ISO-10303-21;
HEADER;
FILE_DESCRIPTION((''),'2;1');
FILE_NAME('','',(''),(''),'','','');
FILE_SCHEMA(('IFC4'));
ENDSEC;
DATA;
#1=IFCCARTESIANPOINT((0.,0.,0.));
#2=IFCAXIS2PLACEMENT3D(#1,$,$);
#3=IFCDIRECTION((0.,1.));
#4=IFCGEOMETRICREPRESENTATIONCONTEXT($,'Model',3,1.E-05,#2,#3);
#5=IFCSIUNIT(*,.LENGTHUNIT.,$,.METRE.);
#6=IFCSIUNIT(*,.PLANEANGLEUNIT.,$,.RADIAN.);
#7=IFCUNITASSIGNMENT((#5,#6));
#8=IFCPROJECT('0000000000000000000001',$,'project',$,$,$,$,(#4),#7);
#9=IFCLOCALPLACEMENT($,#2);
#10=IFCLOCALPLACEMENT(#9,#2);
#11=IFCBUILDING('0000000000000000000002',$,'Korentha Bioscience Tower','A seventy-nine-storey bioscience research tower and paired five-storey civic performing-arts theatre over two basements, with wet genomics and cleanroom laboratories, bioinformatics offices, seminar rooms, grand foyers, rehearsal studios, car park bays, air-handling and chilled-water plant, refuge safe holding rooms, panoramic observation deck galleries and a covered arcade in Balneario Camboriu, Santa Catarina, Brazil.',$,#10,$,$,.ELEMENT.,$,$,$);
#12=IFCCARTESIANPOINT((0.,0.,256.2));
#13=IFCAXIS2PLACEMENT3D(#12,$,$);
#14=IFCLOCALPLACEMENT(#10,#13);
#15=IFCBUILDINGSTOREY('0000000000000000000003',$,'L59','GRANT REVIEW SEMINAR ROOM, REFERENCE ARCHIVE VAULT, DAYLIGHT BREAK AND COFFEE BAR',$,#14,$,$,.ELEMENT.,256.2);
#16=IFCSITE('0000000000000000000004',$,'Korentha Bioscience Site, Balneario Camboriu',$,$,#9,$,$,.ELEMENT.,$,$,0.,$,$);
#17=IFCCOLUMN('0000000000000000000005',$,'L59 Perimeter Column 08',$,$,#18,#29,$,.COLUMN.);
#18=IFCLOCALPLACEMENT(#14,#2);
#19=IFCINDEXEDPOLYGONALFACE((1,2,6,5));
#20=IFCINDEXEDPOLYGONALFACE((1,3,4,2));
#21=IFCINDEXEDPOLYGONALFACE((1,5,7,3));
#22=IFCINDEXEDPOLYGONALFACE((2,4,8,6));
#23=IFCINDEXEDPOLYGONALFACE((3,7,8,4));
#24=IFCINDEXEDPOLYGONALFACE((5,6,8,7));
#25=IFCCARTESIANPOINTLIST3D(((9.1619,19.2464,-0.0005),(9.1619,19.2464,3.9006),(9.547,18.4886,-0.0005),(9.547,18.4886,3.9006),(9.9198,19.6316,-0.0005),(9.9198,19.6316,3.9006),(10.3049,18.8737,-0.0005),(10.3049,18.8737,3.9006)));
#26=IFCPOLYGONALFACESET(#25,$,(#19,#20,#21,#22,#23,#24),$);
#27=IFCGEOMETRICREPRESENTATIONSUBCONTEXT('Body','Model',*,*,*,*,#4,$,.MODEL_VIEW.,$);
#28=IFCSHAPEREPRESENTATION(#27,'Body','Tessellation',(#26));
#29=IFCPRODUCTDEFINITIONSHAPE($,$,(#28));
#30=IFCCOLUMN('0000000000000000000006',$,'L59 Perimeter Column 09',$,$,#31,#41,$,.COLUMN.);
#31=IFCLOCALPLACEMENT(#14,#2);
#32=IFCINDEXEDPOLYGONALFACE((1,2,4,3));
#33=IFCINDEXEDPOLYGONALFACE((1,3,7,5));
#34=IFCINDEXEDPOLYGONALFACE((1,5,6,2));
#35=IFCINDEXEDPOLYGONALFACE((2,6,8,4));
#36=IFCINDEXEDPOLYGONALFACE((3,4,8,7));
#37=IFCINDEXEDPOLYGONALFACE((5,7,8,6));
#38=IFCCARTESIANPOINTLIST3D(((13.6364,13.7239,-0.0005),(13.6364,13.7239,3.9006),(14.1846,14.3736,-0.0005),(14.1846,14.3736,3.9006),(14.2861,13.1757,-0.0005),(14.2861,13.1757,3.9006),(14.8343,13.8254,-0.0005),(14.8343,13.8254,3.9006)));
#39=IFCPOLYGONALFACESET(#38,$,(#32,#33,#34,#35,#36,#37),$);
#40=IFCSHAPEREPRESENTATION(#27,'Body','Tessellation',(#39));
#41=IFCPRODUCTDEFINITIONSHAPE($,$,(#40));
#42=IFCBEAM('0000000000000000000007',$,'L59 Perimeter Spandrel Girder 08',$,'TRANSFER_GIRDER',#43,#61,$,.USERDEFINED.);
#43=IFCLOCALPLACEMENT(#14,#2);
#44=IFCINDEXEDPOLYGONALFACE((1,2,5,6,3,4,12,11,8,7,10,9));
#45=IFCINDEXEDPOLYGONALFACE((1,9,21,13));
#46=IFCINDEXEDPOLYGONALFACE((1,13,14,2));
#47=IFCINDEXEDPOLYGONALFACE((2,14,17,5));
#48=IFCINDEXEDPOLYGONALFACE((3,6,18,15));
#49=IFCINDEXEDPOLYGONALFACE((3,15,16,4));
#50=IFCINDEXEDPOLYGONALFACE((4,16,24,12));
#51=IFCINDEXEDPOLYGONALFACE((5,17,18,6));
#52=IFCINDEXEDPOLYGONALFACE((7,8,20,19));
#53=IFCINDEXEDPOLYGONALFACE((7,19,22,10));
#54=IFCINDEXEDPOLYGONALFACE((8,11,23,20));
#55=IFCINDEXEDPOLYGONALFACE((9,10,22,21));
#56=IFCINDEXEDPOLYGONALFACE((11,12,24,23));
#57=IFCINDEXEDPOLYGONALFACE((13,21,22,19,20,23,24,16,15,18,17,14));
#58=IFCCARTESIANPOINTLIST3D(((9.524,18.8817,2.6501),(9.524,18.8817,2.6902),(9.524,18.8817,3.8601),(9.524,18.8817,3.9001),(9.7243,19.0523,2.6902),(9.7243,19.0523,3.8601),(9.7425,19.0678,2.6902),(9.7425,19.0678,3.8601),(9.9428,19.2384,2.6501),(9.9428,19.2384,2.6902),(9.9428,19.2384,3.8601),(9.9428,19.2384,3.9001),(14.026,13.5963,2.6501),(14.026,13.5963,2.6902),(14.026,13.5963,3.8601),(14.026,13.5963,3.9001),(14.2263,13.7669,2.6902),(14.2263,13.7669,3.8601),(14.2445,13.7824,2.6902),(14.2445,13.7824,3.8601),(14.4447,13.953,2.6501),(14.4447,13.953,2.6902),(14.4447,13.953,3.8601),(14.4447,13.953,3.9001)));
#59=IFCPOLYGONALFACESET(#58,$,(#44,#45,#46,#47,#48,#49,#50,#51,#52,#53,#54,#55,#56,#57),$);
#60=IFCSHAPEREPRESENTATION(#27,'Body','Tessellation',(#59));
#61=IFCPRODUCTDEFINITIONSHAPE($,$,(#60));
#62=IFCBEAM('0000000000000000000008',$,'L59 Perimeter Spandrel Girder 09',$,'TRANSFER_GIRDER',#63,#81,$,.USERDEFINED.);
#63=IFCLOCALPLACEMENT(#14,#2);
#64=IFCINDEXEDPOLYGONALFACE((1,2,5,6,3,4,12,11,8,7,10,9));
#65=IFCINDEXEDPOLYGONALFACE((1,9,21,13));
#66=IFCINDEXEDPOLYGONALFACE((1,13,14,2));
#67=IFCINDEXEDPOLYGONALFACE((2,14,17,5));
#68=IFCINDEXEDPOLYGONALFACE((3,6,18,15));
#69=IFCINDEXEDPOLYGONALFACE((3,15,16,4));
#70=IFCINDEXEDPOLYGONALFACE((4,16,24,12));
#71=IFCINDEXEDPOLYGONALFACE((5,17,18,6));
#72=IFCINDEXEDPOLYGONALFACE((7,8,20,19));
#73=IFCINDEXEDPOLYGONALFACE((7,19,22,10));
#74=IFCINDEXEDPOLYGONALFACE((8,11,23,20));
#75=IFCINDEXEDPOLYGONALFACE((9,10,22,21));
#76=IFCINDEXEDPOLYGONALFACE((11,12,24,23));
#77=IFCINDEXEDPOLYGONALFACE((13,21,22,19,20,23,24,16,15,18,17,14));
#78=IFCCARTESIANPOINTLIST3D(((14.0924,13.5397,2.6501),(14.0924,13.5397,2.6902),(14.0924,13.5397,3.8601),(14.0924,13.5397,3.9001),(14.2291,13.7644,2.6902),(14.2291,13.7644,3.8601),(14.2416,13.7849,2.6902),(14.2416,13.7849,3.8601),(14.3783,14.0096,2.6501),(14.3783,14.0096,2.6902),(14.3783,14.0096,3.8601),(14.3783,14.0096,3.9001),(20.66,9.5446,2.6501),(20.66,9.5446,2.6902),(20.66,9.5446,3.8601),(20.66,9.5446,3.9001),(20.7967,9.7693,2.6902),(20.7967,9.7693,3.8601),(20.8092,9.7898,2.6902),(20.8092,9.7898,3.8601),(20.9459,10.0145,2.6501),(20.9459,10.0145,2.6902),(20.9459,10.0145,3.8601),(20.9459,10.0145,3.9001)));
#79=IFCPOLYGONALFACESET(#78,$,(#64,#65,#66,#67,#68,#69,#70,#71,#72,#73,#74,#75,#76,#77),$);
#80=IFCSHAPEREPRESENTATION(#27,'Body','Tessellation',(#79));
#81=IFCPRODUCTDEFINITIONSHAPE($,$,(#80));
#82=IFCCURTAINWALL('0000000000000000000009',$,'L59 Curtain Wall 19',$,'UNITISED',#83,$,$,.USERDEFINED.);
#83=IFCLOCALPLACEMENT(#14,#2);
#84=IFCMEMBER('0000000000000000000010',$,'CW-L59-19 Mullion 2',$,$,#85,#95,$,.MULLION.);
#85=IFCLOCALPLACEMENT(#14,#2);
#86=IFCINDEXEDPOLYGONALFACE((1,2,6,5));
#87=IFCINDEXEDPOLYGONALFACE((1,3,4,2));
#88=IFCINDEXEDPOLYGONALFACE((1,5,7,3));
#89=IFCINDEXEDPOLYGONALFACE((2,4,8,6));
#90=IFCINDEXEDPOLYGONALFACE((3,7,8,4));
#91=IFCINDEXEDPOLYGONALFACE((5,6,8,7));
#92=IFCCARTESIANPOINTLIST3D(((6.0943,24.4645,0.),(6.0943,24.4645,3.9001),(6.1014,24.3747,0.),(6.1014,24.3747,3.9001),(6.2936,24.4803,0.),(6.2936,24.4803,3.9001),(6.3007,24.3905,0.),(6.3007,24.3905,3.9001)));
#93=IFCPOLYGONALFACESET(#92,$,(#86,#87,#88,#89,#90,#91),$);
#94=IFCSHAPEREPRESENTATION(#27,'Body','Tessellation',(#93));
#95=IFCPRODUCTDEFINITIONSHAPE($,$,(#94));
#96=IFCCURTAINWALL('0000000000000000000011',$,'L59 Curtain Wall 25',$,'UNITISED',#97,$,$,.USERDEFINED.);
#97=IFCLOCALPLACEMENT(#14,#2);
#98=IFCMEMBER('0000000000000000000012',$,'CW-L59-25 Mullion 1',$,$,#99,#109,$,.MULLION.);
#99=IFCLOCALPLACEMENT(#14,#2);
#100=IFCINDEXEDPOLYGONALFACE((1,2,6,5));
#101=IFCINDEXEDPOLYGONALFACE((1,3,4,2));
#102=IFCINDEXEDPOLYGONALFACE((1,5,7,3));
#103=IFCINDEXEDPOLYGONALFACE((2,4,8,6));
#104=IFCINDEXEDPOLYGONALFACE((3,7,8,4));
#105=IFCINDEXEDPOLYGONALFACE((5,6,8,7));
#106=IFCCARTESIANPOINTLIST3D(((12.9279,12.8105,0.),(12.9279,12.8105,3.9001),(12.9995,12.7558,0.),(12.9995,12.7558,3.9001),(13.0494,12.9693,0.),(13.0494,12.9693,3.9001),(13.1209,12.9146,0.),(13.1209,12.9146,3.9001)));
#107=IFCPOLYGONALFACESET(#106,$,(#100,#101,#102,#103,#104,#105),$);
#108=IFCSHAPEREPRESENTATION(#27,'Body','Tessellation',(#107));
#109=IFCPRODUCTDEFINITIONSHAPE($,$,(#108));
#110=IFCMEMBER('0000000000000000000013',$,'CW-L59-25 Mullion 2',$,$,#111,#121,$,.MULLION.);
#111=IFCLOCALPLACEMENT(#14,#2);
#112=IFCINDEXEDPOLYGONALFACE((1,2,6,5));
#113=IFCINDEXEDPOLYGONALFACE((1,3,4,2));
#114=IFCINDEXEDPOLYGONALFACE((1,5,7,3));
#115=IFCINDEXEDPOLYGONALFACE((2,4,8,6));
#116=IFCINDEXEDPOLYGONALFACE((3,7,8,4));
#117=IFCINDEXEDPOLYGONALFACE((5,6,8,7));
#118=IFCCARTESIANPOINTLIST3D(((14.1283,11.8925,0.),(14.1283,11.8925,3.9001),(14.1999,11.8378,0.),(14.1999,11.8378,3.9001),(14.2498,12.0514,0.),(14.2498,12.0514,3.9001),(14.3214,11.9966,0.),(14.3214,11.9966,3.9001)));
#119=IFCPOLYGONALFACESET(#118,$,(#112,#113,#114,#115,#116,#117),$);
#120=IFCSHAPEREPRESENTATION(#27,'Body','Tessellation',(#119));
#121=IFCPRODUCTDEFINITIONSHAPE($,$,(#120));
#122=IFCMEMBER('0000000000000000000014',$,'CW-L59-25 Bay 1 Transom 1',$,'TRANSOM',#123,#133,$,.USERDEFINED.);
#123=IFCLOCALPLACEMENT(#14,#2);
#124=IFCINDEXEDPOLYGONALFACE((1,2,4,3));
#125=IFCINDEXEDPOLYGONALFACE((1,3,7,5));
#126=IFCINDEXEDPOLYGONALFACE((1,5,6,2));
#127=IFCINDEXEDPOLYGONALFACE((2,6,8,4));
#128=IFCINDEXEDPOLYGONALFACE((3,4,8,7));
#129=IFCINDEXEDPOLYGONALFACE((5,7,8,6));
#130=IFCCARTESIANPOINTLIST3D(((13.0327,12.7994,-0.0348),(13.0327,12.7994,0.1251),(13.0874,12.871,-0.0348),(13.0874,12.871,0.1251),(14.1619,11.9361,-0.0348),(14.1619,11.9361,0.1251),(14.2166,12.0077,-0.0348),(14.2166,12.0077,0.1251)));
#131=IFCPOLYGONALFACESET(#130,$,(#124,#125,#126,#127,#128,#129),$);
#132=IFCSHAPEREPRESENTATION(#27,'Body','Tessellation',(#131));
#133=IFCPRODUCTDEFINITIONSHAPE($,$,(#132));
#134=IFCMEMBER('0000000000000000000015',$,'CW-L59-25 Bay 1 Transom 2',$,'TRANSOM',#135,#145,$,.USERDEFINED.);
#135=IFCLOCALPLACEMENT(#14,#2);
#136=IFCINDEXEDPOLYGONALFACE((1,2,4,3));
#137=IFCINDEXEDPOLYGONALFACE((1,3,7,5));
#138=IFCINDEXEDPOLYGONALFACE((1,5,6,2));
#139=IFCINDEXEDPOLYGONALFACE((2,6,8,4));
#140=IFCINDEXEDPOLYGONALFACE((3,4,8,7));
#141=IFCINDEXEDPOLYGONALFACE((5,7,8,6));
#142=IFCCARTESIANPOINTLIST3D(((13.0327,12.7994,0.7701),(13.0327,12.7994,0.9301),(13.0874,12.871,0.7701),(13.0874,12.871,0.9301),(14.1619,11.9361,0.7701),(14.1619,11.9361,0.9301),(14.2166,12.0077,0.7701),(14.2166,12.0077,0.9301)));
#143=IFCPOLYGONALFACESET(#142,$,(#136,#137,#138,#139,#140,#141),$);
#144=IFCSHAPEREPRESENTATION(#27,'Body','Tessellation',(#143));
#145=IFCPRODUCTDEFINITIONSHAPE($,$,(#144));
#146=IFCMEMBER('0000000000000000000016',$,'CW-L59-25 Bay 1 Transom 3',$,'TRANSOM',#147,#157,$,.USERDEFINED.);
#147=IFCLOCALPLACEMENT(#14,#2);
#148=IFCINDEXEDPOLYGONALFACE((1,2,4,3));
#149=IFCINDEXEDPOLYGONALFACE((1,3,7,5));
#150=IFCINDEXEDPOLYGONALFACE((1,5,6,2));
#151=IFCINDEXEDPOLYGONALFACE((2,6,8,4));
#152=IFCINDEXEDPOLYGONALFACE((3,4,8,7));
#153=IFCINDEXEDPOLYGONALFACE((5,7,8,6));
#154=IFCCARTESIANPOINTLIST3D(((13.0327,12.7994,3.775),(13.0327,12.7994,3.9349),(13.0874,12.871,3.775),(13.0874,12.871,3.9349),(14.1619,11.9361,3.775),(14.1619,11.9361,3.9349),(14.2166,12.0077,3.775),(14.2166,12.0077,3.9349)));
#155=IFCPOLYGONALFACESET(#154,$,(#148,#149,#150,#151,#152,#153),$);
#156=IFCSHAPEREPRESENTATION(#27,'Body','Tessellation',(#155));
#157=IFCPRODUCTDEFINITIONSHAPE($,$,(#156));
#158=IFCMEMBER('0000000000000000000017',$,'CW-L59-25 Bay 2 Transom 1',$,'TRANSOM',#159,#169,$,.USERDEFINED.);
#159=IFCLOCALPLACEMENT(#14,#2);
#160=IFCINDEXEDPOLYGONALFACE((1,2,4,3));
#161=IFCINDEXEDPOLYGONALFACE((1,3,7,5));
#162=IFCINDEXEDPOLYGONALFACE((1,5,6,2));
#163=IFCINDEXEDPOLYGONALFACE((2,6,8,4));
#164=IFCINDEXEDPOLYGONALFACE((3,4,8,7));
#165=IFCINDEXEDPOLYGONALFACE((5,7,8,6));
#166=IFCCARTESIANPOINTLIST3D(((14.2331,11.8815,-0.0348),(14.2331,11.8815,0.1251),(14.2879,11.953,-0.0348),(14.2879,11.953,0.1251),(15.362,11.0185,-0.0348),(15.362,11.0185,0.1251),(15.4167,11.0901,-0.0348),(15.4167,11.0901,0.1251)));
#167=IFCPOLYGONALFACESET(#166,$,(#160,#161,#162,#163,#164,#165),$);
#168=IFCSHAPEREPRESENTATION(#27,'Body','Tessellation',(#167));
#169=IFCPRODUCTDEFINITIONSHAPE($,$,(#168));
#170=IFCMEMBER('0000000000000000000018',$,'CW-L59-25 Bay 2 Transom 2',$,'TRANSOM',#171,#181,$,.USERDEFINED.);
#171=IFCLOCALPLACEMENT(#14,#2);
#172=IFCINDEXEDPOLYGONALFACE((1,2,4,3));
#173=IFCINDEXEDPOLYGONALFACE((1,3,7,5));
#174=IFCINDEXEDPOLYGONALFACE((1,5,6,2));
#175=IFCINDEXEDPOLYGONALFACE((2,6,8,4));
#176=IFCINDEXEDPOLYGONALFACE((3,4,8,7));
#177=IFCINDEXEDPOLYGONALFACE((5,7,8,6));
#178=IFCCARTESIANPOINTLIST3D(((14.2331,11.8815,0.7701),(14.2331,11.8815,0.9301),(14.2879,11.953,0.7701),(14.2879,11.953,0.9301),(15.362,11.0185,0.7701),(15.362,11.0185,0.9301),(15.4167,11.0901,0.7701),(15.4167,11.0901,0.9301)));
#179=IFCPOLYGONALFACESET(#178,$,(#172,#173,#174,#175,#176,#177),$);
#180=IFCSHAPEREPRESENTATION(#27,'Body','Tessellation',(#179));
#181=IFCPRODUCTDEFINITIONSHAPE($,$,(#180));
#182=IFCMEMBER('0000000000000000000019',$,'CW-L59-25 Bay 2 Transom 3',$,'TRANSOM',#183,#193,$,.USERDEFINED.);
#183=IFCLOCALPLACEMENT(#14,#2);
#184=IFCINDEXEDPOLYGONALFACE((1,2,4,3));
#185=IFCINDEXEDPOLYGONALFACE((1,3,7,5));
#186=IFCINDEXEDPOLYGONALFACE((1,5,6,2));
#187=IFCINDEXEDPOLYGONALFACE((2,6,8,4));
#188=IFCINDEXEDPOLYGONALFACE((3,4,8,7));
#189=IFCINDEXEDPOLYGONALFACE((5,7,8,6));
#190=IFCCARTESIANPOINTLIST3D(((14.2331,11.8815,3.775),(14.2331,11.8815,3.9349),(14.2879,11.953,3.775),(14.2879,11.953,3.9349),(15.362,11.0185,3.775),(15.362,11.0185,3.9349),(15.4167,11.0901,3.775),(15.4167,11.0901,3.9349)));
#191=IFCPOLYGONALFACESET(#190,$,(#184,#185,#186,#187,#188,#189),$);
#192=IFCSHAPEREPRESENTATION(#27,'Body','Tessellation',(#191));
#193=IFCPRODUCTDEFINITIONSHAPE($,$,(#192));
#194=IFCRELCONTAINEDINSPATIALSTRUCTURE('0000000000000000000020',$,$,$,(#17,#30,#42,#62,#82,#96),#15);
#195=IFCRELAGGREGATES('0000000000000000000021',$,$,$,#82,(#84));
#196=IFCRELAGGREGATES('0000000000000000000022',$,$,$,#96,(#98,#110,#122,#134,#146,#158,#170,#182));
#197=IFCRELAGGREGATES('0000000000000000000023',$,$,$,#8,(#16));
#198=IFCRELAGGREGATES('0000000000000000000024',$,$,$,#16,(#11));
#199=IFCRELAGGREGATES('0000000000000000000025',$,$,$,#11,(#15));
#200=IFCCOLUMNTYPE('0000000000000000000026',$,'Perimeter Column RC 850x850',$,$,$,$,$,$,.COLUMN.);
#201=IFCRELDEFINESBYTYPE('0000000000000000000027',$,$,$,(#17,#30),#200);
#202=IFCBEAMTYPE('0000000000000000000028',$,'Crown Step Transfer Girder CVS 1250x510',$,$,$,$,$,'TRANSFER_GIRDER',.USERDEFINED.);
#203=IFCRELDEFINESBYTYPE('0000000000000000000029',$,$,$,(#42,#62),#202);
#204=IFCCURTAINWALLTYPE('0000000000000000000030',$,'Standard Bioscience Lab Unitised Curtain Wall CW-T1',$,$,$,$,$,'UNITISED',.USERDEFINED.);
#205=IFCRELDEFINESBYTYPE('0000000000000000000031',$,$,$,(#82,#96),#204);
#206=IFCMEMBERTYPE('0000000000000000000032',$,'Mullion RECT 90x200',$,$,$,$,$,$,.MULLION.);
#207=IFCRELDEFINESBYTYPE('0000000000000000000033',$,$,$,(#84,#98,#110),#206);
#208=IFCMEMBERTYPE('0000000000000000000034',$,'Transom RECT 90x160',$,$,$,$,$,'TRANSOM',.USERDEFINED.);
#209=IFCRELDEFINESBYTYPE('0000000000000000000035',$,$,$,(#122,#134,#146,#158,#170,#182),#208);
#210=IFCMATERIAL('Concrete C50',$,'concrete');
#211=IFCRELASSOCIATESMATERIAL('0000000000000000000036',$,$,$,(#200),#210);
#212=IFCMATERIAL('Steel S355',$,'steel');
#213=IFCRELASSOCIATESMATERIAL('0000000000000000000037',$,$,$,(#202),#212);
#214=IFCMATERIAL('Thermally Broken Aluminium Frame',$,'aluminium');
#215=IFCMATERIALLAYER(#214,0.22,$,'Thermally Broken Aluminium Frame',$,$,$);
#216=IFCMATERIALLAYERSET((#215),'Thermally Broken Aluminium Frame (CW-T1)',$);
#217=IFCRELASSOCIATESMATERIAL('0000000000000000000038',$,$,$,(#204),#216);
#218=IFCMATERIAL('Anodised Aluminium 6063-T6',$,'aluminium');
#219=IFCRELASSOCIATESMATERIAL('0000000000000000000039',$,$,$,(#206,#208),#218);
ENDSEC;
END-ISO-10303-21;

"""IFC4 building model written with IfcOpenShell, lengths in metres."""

from ifc_helpers import new_model, si_unit, direction, frame, origin, origin_2d, place, context, subcontext, project, spatial, rectangle, i_section, extrude, material, layer, layer_set, material_profile, profile_set, type_object, element, aggregate, save


model = new_model("IFC4")

# Units and contexts
model_context = context("Model", 3, precision=1e-05, world=origin(), true_north=direction((0.0, 1.0)))
body_context = subcontext(model_context, "Body", "Model", "MODEL_VIEW")
ifc_project = project(units=[si_unit("LENGTHUNIT", "METRE"), si_unit("PLANEANGLEUNIT", "RADIAN")], contexts=[model_context])

# Site, building, storey
site_placement = place(None, origin())
site = spatial("IfcSite", under=ifc_project, at=site_placement, Name="Korentha Bioscience Site, Balneario Camboriu", CompositionType="ELEMENT", RefElevation=0.0)
building_placement = place(site_placement, origin())
building = spatial("IfcBuilding", under=site, at=building_placement, Name="Korentha Bioscience Tower", Description="A seventy-nine-storey bioscience research tower and paired five-storey civic performing-arts theatre over two basements, with wet genomics and cleanroom laboratories, bioinformatics offices, seminar rooms, grand foyers, rehearsal studios, car park bays, air-handling and chilled-water plant, refuge safe holding rooms, panoramic observation deck galleries and a covered arcade in Balneario Camboriu, Santa Catarina, Brazil.", CompositionType="ELEMENT")
storey_placement = place(building_placement, frame((0.0, 0.0, 256.2)))
storey = spatial("IfcBuildingStorey", under=building, at=storey_placement, Name="L59", Description="GRANT REVIEW SEMINAR ROOM, REFERENCE ARCHIVE VAULT, DAYLIGHT BREAK AND COFFEE BAR", CompositionType="ELEMENT", Elevation=256.2)

# Columns
ifc_material_1 = material(Name="Concrete C50", Category="concrete")
ifc_material_profile_1 = material_profile(ifc_material_1, rectangle(XDim=0.8501, YDim=0.8501, at=origin_2d()), Name="Concrete C50")
ifc_profile_set_1 = profile_set([ifc_material_profile_1], Name="Concrete C50 (COL-P08)")
column_type = type_object("IfcColumnType", Name="Perimeter Column RC 850x850", PredefinedType="COLUMN", material=ifc_profile_set_1)
for number, where, z_axis, x_axis, name in (
    (1, (9.7334, 19.0601, -0.0005), (0.0, 0.0, 1.0), (-0.453057, 0.891481, 0.0), "L59 Perimeter Column 08"),
    (2, (14.2354, 13.7747, -0.0005), (0.0, 0.0, 1.0), (-0.764246, 0.644924, 0.0), "L59 Perimeter Column 09"),
):
    element("IfcColumn", number, at=place(storey_placement, frame(where, z_axis=z_axis, x_axis=x_axis)), inside=storey, type_object=column_type, Name=name, PredefinedType="COLUMN", context=body_context, shape_type="SweptSolid", body=[
        extrude(rectangle(XDim=0.8501, YDim=0.8501, at=origin_2d()), origin(), (0.0, 0.0, 1.0), 3.9011),
    ])

# Beams
ifc_material_2 = material(Name="Steel S355", Category="steel")
ifc_material_profile_2 = material_profile(ifc_material_2, i_section(OverallWidth=0.55, OverallDepth=1.25, WebThickness=0.0239, FlangeThickness=0.04, at=origin_2d()), Name="Steel S355")
ifc_profile_set_2 = profile_set([ifc_material_profile_2], Name="Steel S355 (TG-03)")
beam_type = type_object("IfcBeamType", Name="Crown Step Transfer Girder CVS 1250x510", ElementType="TRANSFER_GIRDER", PredefinedType="USERDEFINED", material=ifc_profile_set_2)
beam_1_placement = place(storey_placement, frame((9.7334, 19.0601, 3.2751), z_axis=(0.648431, -0.761273, 0.0), x_axis=(0.761273, 0.648431, 0.0)))
element("IfcBeam", 3, at=beam_1_placement, inside=storey, type_object=beam_type, Name="L59 Perimeter Spandrel Girder 08", ObjectType="TRANSFER_GIRDER", PredefinedType="USERDEFINED", context=body_context, shape_type="SweptSolid", body=[
    extrude(i_section(OverallWidth=0.55, OverallDepth=1.25, WebThickness=0.0239, FlangeThickness=0.04, at=origin_2d()), origin(), (0.0, 0.0, 1.0), 6.9429),
])
beam_2_placement = place(storey_placement, frame((14.2354, 13.7747, 3.2751), z_axis=(0.854347, -0.519703, 0.0), x_axis=(0.519703, 0.854347, 0.0)))
element("IfcBeam", 4, at=beam_2_placement, inside=storey, type_object=beam_type, Name="L59 Perimeter Spandrel Girder 09", ObjectType="TRANSFER_GIRDER", PredefinedType="USERDEFINED", context=body_context, shape_type="SweptSolid", body=[
    extrude(i_section(OverallWidth=0.55, OverallDepth=1.25, WebThickness=0.0239, FlangeThickness=0.04, at=origin_2d()), origin(), (0.0, 0.0, 1.0), 7.6873),
])

# Curtain wall, member
ifc_material_3 = material(Name="Thermally Broken Aluminium Frame", Category="aluminium")
ifc_layer_1 = layer(ifc_material_3, 0.22, Name="Thermally Broken Aluminium Frame")
ifc_layer_set_1 = layer_set([ifc_layer_1], Name="Thermally Broken Aluminium Frame (CW-T1)")
curtain_wall_type = type_object("IfcCurtainWallType", Name="Standard Bioscience Lab Unitised Curtain Wall CW-T1", ElementType="UNITISED", PredefinedType="USERDEFINED", material=ifc_layer_set_1)
curtain_wall_1_placement = place(storey_placement, origin())
curtain_wall_1 = element("IfcCurtainWall", 5, at=curtain_wall_1_placement, inside=storey, type_object=curtain_wall_type, Name="L59 Curtain Wall 19", ObjectType="UNITISED", PredefinedType="USERDEFINED")
ifc_material_4 = material(Name="Anodised Aluminium 6063-T6", Category="aluminium")
ifc_material_profile_3 = material_profile(ifc_material_4, rectangle(XDim=0.0901, YDim=0.2, at=origin_2d()), Name="Anodised Aluminium 6063-T6")
ifc_profile_set_3 = profile_set([ifc_material_profile_3], Name="Anodised Aluminium 6063-T6 (CW-MUL)")
member_type_1 = type_object("IfcMemberType", Name="Mullion RECT 90x200", PredefinedType="MULLION", material=ifc_profile_set_3)
member_1_placement = place(storey_placement, frame((6.1975, 24.4275, 0.0), z_axis=(0.0, 0.0, 1.0), x_axis=(0.079117, -0.996865, 0.0)))
member_1 = element("IfcMember", 6, at=member_1_placement, type_object=member_type_1, Name="CW-L59-19 Mullion 2", PredefinedType="MULLION", context=body_context, shape_type="SweptSolid", body=[
    extrude(rectangle(XDim=0.0901, YDim=0.2, at=origin_2d()), origin(), (0.0, 0.0, 1.0), 3.9001),
])
aggregate(curtain_wall_1, [member_1])

# Curtain wall, members
curtain_wall_2_placement = place(storey_placement, origin())
curtain_wall_2 = element("IfcCurtainWall", 7, at=curtain_wall_2_placement, inside=storey, type_object=curtain_wall_type, Name="L59 Curtain Wall 25", ObjectType="UNITISED", PredefinedType="USERDEFINED")
member_2_placement = place(storey_placement, frame((13.0244, 12.8625, 0.0), z_axis=(0.0, 0.0, 1.0), x_axis=(0.794382, -0.607418, 0.0)))
member_2 = element("IfcMember", 8, at=member_2_placement, type_object=member_type_1, Name="CW-L59-25 Mullion 1", PredefinedType="MULLION", context=body_context, shape_type="SweptSolid", body=[
    extrude(rectangle(XDim=0.0901, YDim=0.2, at=origin_2d()), origin(), (0.0, 0.0, 1.0), 3.9001),
])
member_3_placement = place(storey_placement, frame((14.2249, 11.9446, 0.0), z_axis=(0.0, 0.0, 1.0), x_axis=(0.794382, -0.607418, 0.0)))
member_3 = element("IfcMember", 9, at=member_3_placement, type_object=member_type_1, Name="CW-L59-25 Mullion 2", PredefinedType="MULLION", context=body_context, shape_type="SweptSolid", body=[
    extrude(rectangle(XDim=0.0901, YDim=0.2, at=origin_2d()), origin(), (0.0, 0.0, 1.0), 3.9001),
])
ifc_material_profile_4 = material_profile(ifc_material_4, rectangle(XDim=0.0901, YDim=0.1599, at=origin_2d()), Name="Anodised Aluminium 6063-T6")
ifc_profile_set_4 = profile_set([ifc_material_profile_4], Name="Anodised Aluminium 6063-T6 (CW-TRN)")
member_type_2 = type_object("IfcMemberType", Name="Transom RECT 90x160", ElementType="TRANSOM", PredefinedType="USERDEFINED", material=ifc_profile_set_4)
member_4_placement = place(storey_placement, frame((13.0601, 12.8352, 0.0452), z_axis=(0.794421, -0.607367, 0.0), x_axis=(0.607367, 0.794421, 0.0)))
member_4 = element("IfcMember", 10, at=member_4_placement, type_object=member_type_2, Name="CW-L59-25 Bay 1 Transom 1", ObjectType="TRANSOM", PredefinedType="USERDEFINED", context=body_context, shape_type="SweptSolid", body=[
    extrude(rectangle(XDim=0.0901, YDim=0.1599, at=origin_2d()), origin(), (0.0, 0.0, 1.0), 1.4214),
])
member_5_placement = place(storey_placement, frame((13.0601, 12.8352, 0.8501), z_axis=(0.794421, -0.607367, 0.0), x_axis=(0.607367, 0.794421, 0.0)))
member_5 = element("IfcMember", 11, at=member_5_placement, type_object=member_type_2, Name="CW-L59-25 Bay 1 Transom 2", ObjectType="TRANSOM", PredefinedType="USERDEFINED", context=body_context, shape_type="SweptSolid", body=[
    extrude(rectangle(XDim=0.0901, YDim=0.1599, at=origin_2d()), origin(), (0.0, 0.0, 1.0), 1.4214),
])
member_6_placement = place(storey_placement, frame((13.0601, 12.8352, 3.855), z_axis=(0.794421, -0.607367, 0.0), x_axis=(0.607367, 0.794421, 0.0)))
member_6 = element("IfcMember", 12, at=member_6_placement, type_object=member_type_2, Name="CW-L59-25 Bay 1 Transom 3", ObjectType="TRANSOM", PredefinedType="USERDEFINED", context=body_context, shape_type="SweptSolid", body=[
    extrude(rectangle(XDim=0.0901, YDim=0.1599, at=origin_2d()), origin(), (0.0, 0.0, 1.0), 1.4214),
])
member_7_placement = place(storey_placement, frame((14.2605, 11.9172, 0.0452), z_axis=(0.794441, -0.607342, 0.0), x_axis=(0.607342, 0.794441, 0.0)))
member_7 = element("IfcMember", 13, at=member_7_placement, type_object=member_type_2, Name="CW-L59-25 Bay 2 Transom 1", ObjectType="TRANSOM", PredefinedType="USERDEFINED", context=body_context, shape_type="SweptSolid", body=[
    extrude(rectangle(XDim=0.0901, YDim=0.1599, at=origin_2d()), origin(), (0.0, 0.0, 1.0), 1.4209),
])
member_8_placement = place(storey_placement, frame((14.2605, 11.9172, 0.8501), z_axis=(0.794441, -0.607342, 0.0), x_axis=(0.607342, 0.794441, 0.0)))
member_8 = element("IfcMember", 14, at=member_8_placement, type_object=member_type_2, Name="CW-L59-25 Bay 2 Transom 2", ObjectType="TRANSOM", PredefinedType="USERDEFINED", context=body_context, shape_type="SweptSolid", body=[
    extrude(rectangle(XDim=0.0901, YDim=0.1599, at=origin_2d()), origin(), (0.0, 0.0, 1.0), 1.4209),
])
member_9_placement = place(storey_placement, frame((14.2605, 11.9172, 3.855), z_axis=(0.794441, -0.607342, 0.0), x_axis=(0.607342, 0.794441, 0.0)))
member_9 = element("IfcMember", 15, at=member_9_placement, type_object=member_type_2, Name="CW-L59-25 Bay 2 Transom 3", ObjectType="TRANSOM", PredefinedType="USERDEFINED", context=body_context, shape_type="SweptSolid", body=[
    extrude(rectangle(XDim=0.0901, YDim=0.1599, at=origin_2d()), origin(), (0.0, 0.0, 1.0), 1.4209),
])
aggregate(curtain_wall_2, [member_2, member_3, member_4, member_5, member_6, member_7, member_8, member_9])

save(model, "model.ifc")
